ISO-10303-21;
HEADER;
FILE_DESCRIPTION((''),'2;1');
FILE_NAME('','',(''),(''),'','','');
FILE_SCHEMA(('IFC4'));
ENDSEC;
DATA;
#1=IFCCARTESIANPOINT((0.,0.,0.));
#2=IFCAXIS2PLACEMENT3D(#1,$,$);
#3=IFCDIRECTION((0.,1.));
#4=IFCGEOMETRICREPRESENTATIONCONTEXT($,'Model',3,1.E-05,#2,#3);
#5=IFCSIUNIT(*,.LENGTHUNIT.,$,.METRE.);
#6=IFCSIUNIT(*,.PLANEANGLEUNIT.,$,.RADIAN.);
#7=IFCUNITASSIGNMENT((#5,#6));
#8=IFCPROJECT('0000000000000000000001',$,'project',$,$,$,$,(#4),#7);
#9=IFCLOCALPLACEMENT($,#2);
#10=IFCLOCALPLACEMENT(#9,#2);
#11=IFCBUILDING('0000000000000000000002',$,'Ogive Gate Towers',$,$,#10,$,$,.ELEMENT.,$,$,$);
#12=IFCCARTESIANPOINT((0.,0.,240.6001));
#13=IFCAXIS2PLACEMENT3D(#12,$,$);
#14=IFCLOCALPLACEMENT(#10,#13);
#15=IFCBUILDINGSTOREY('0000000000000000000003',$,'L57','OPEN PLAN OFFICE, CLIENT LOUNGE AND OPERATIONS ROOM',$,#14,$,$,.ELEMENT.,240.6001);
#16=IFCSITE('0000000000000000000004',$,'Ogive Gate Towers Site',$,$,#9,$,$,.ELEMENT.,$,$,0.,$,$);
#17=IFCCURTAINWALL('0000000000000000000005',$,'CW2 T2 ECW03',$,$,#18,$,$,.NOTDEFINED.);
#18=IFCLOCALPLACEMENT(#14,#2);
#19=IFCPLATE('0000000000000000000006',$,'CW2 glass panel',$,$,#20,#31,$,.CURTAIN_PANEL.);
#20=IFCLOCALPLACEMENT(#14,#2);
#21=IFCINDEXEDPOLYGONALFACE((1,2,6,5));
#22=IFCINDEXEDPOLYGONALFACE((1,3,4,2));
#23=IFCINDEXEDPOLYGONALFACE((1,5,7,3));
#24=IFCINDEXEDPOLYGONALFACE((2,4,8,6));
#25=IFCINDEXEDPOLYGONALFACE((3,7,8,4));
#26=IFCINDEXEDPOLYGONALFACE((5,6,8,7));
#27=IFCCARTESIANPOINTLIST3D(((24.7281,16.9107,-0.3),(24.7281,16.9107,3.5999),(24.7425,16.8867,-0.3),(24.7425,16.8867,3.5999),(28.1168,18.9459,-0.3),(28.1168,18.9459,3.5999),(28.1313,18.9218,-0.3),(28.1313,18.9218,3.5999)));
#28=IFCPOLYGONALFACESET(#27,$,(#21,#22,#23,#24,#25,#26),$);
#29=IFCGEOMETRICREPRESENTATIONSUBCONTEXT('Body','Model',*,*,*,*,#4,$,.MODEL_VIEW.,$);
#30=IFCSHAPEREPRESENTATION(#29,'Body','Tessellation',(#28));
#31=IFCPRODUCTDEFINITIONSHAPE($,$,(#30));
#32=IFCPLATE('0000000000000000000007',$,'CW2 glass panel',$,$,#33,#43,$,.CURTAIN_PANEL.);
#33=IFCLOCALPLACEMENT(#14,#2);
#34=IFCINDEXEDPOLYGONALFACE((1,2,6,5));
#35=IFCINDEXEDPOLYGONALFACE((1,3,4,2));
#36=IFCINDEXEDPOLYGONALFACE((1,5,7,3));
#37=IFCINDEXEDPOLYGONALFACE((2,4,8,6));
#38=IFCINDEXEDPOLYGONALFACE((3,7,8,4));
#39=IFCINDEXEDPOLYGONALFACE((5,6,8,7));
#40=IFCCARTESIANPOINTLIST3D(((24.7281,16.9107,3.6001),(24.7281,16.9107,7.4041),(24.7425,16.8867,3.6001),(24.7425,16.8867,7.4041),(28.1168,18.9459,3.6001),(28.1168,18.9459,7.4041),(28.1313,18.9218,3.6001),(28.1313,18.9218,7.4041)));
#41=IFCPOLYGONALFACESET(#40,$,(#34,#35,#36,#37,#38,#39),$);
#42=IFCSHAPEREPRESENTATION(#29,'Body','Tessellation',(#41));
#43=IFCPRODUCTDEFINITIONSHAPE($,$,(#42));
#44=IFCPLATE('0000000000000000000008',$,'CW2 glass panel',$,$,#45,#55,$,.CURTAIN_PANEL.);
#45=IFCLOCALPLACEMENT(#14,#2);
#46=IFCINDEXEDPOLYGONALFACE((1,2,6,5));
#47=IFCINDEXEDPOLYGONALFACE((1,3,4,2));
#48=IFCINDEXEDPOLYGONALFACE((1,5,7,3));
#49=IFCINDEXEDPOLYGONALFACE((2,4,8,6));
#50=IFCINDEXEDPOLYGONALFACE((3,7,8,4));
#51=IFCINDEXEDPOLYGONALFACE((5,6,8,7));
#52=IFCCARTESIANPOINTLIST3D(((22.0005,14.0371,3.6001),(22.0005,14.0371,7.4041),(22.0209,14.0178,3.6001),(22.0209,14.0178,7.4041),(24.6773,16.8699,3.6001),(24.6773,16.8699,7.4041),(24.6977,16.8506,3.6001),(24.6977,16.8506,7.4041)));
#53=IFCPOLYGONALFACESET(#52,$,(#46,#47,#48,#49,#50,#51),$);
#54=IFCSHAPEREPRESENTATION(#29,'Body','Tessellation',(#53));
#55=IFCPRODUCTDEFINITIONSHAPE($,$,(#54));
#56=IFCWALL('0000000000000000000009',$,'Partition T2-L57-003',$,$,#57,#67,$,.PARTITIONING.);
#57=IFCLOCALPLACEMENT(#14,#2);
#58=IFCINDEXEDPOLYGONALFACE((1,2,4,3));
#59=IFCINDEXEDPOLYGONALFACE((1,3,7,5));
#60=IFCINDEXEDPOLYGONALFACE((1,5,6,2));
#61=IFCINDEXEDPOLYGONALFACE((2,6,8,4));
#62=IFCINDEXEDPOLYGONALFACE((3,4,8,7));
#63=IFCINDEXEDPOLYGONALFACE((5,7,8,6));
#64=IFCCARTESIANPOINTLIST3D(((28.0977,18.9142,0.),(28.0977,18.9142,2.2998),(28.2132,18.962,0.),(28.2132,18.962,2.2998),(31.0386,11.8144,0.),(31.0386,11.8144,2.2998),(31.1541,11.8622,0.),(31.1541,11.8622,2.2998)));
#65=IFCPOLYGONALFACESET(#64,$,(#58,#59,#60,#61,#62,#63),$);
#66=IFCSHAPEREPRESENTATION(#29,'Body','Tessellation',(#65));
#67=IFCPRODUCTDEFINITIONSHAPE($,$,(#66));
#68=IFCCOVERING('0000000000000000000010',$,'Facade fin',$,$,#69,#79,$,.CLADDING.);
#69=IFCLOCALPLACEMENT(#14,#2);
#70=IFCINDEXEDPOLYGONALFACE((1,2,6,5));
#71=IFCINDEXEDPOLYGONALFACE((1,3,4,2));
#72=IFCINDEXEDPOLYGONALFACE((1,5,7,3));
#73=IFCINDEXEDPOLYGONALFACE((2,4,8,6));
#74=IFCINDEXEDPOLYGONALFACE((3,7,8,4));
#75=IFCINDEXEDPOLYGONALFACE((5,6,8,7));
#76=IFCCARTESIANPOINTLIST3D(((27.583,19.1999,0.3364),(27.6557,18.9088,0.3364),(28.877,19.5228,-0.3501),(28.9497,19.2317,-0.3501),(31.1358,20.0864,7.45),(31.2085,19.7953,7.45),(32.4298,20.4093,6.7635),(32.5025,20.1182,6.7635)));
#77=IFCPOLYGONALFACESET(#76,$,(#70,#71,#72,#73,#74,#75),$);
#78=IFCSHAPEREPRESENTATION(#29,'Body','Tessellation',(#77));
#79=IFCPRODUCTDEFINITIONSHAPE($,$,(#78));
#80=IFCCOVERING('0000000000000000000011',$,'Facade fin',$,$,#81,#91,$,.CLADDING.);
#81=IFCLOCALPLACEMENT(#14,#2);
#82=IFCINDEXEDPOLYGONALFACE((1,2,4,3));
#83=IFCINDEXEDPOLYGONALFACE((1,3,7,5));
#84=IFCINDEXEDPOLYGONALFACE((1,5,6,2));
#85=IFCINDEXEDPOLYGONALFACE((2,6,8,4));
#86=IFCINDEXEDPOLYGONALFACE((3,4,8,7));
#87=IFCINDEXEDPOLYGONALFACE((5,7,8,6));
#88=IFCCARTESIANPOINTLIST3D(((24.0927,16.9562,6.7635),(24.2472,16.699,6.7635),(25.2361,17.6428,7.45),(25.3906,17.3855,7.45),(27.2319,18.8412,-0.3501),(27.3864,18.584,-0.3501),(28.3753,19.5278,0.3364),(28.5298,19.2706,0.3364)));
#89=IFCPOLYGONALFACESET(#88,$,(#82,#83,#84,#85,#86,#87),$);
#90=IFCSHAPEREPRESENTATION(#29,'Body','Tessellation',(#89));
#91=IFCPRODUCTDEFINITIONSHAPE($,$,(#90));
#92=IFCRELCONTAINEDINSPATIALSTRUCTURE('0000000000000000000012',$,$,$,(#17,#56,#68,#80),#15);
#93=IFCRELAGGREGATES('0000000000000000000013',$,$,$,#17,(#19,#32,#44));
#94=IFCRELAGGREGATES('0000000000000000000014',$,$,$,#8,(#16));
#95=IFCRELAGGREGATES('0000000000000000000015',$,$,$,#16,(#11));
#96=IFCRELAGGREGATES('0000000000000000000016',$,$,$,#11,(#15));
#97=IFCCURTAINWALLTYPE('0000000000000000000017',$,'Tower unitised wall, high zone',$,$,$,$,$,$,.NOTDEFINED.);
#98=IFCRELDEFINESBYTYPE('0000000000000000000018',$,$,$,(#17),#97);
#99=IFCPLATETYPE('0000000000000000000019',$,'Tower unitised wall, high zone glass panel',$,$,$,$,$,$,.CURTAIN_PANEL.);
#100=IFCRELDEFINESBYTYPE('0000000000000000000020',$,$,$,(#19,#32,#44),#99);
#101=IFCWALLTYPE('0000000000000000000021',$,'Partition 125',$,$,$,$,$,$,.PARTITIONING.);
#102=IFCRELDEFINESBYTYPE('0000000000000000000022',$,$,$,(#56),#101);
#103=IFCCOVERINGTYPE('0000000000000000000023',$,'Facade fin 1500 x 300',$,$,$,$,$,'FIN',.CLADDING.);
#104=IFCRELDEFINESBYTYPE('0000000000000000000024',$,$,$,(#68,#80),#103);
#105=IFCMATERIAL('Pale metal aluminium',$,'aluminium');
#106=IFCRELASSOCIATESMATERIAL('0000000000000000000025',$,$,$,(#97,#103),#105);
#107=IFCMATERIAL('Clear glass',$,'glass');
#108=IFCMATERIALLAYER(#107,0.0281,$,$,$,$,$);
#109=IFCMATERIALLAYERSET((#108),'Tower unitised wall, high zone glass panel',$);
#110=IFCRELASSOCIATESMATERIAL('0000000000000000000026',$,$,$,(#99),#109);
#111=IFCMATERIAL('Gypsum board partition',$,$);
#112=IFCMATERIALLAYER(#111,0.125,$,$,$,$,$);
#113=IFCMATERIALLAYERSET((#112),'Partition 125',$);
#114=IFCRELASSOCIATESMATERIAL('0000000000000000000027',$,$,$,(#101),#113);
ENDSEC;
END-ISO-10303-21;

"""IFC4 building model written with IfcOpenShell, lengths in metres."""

from ifc_helpers import new_model, si_unit, direction, frame, frame_2d, origin, origin_2d, place, context, subcontext, project, spatial, rectangle, extrude, material, layer, layer_set, material_profile, profile_set, type_object, element, aggregate, save


model = new_model("IFC4")

# Units and contexts
model_context = context("Model", 3, precision=1e-05, world=origin(), true_north=direction((0.0, 1.0)))
body_context = subcontext(model_context, "Body", "Model", "MODEL_VIEW")
ifc_project = project(units=[si_unit("LENGTHUNIT", "METRE"), si_unit("PLANEANGLEUNIT", "RADIAN")], contexts=[model_context])

# Site, building, storey
site_placement = place(None, origin())
site = spatial("IfcSite", under=ifc_project, at=site_placement, Name="Ogive Gate Towers Site", CompositionType="ELEMENT", RefElevation=0.0)
building_placement = place(site_placement, origin())
building = spatial("IfcBuilding", under=site, at=building_placement, Name="Ogive Gate Towers", CompositionType="ELEMENT")
storey_placement = place(building_placement, frame((0.0, 0.0, 240.6001)))
storey = spatial("IfcBuildingStorey", under=building, at=storey_placement, Name="L57", Description="OPEN PLAN OFFICE, CLIENT LOUNGE AND OPERATIONS ROOM", CompositionType="ELEMENT", Elevation=240.6001)

# Curtain wall, plates
ifc_material_1 = material(Name="Pale metal aluminium", Category="aluminium")
curtain_wall_type = type_object("IfcCurtainWallType", Name="Tower unitised wall, high zone", PredefinedType="NOTDEFINED", material=ifc_material_1)
curtain_wall_placement = place(storey_placement, origin())
curtain_wall = element("IfcCurtainWall", 1, at=curtain_wall_placement, inside=storey, type_object=curtain_wall_type, Name="CW2 T2 ECW03", PredefinedType="NOTDEFINED")
ifc_material_2 = material(Name="Clear glass", Category="glass")
ifc_layer_1 = layer(ifc_material_2, 0.0281)
ifc_layer_set_1 = layer_set([ifc_layer_1], Name="Tower unitised wall, high zone glass panel")
plate_type = type_object("IfcPlateType", Name="Tower unitised wall, high zone glass panel", PredefinedType="CURTAIN_PANEL", material=ifc_layer_set_1)
plate_1_placement = place(storey_placement, frame((26.4297, 17.9163, -0.3), z_axis=(0.0, 0.0, 1.0), x_axis=(-0.857284, -0.514844, 0.0)))
plate_1 = element("IfcPlate", 2, at=plate_1_placement, type_object=plate_type, Name="CW2 glass panel", PredefinedType="CURTAIN_PANEL", context=body_context, shape_type="SweptSolid", body=[
    extrude(rectangle(XDim=3.9529, YDim=0.0281, at=origin_2d()), origin(), (0.0, 0.0, 1.0), 3.8999),
])
plate_2_placement = place(storey_placement, frame((26.4297, 17.9163, 3.6001), z_axis=(0.0, 0.0, 1.0), x_axis=(-0.857284, -0.514844, 0.0)))
plate_2 = element("IfcPlate", 3, at=plate_2_placement, type_object=plate_type, Name="CW2 glass panel", PredefinedType="CURTAIN_PANEL", context=body_context, shape_type="SweptSolid", body=[
    extrude(rectangle(XDim=3.9529, YDim=0.0281, at=origin_2d()), origin(), (0.0, 0.0, 1.0), 3.804),
])
plate_3_placement = place(storey_placement, frame((23.3491, 15.4438, 3.6001), z_axis=(0.0, 0.0, 1.0), x_axis=(-0.686796, -0.72685, 0.0)))
plate_3 = element("IfcPlate", 4, at=plate_3_placement, type_object=plate_type, Name="CW2 glass panel", PredefinedType="CURTAIN_PANEL", context=body_context, shape_type="SweptSolid", body=[
    extrude(rectangle(XDim=3.8975, YDim=0.0281, at=origin_2d()), origin(), (0.0, 0.0, 1.0), 3.804),
])
aggregate(curtain_wall, [plate_1, plate_2, plate_3])

# Wall
ifc_material_3 = material(Name="Gypsum board partition")
ifc_layer_2 = layer(ifc_material_3, 0.125)
ifc_layer_set_2 = layer_set([ifc_layer_2], Name="Partition 125")
wall_type = type_object("IfcWallType", Name="Partition 125", PredefinedType="PARTITIONING", material=ifc_layer_set_2)
wall_placement = place(storey_placement, frame((28.1555, 18.938, 0.0), z_axis=(0.0, 0.0, 1.0), x_axis=(0.38269, -0.923877, 0.0)))
element("IfcWall", 5, at=wall_placement, inside=storey, type_object=wall_type, Name="Partition T2-L57-003", PredefinedType="PARTITIONING", context=body_context, shape_type="SweptSolid", body=[
    extrude(rectangle(XDim=7.6848, YDim=0.125, at=frame_2d((3.8423, 0.0))), origin(), (0.0, 0.0, 1.0), 2.2998),
])

# Coverings
ifc_material_profile_1 = material_profile(ifc_material_1, rectangle(XDim=0.3, YDim=1.5, at=origin_2d()), Name="1500 x 300 pale metal aluminium")
ifc_profile_set_1 = profile_set([ifc_material_profile_1], Name="Pale metal aluminium")
covering_type = type_object("IfcCoveringType", Name="Facade fin 1500 x 300", ElementType="FIN", PredefinedType="CLADDING", material=ifc_profile_set_1)
for number, where, z_axis, x_axis, name in (
    (6, (28.2664, 19.2158, -0.0068), (0.444057, 0.110801, 0.889121), (-0.242096, 0.970252, 0.0), "Facade fin"),
    (7, (27.8809, 19.0559, -0.0068), (-0.392365, -0.235608, 0.889122), (0.5148, -0.85731, 0.0), "Facade fin"),
):
    element("IfcCovering", number, at=place(storey_placement, frame(where, z_axis=z_axis, x_axis=x_axis)), inside=storey, type_object=covering_type, Name=name, PredefinedType="CLADDING", context=body_context, shape_type="SweptSolid", body=[
        extrude(rectangle(XDim=0.3, YDim=1.5, at=origin_2d()), origin(), (0.0, 0.0, 1.0), 8.0007),
    ])

save(model, "model.ifc")
